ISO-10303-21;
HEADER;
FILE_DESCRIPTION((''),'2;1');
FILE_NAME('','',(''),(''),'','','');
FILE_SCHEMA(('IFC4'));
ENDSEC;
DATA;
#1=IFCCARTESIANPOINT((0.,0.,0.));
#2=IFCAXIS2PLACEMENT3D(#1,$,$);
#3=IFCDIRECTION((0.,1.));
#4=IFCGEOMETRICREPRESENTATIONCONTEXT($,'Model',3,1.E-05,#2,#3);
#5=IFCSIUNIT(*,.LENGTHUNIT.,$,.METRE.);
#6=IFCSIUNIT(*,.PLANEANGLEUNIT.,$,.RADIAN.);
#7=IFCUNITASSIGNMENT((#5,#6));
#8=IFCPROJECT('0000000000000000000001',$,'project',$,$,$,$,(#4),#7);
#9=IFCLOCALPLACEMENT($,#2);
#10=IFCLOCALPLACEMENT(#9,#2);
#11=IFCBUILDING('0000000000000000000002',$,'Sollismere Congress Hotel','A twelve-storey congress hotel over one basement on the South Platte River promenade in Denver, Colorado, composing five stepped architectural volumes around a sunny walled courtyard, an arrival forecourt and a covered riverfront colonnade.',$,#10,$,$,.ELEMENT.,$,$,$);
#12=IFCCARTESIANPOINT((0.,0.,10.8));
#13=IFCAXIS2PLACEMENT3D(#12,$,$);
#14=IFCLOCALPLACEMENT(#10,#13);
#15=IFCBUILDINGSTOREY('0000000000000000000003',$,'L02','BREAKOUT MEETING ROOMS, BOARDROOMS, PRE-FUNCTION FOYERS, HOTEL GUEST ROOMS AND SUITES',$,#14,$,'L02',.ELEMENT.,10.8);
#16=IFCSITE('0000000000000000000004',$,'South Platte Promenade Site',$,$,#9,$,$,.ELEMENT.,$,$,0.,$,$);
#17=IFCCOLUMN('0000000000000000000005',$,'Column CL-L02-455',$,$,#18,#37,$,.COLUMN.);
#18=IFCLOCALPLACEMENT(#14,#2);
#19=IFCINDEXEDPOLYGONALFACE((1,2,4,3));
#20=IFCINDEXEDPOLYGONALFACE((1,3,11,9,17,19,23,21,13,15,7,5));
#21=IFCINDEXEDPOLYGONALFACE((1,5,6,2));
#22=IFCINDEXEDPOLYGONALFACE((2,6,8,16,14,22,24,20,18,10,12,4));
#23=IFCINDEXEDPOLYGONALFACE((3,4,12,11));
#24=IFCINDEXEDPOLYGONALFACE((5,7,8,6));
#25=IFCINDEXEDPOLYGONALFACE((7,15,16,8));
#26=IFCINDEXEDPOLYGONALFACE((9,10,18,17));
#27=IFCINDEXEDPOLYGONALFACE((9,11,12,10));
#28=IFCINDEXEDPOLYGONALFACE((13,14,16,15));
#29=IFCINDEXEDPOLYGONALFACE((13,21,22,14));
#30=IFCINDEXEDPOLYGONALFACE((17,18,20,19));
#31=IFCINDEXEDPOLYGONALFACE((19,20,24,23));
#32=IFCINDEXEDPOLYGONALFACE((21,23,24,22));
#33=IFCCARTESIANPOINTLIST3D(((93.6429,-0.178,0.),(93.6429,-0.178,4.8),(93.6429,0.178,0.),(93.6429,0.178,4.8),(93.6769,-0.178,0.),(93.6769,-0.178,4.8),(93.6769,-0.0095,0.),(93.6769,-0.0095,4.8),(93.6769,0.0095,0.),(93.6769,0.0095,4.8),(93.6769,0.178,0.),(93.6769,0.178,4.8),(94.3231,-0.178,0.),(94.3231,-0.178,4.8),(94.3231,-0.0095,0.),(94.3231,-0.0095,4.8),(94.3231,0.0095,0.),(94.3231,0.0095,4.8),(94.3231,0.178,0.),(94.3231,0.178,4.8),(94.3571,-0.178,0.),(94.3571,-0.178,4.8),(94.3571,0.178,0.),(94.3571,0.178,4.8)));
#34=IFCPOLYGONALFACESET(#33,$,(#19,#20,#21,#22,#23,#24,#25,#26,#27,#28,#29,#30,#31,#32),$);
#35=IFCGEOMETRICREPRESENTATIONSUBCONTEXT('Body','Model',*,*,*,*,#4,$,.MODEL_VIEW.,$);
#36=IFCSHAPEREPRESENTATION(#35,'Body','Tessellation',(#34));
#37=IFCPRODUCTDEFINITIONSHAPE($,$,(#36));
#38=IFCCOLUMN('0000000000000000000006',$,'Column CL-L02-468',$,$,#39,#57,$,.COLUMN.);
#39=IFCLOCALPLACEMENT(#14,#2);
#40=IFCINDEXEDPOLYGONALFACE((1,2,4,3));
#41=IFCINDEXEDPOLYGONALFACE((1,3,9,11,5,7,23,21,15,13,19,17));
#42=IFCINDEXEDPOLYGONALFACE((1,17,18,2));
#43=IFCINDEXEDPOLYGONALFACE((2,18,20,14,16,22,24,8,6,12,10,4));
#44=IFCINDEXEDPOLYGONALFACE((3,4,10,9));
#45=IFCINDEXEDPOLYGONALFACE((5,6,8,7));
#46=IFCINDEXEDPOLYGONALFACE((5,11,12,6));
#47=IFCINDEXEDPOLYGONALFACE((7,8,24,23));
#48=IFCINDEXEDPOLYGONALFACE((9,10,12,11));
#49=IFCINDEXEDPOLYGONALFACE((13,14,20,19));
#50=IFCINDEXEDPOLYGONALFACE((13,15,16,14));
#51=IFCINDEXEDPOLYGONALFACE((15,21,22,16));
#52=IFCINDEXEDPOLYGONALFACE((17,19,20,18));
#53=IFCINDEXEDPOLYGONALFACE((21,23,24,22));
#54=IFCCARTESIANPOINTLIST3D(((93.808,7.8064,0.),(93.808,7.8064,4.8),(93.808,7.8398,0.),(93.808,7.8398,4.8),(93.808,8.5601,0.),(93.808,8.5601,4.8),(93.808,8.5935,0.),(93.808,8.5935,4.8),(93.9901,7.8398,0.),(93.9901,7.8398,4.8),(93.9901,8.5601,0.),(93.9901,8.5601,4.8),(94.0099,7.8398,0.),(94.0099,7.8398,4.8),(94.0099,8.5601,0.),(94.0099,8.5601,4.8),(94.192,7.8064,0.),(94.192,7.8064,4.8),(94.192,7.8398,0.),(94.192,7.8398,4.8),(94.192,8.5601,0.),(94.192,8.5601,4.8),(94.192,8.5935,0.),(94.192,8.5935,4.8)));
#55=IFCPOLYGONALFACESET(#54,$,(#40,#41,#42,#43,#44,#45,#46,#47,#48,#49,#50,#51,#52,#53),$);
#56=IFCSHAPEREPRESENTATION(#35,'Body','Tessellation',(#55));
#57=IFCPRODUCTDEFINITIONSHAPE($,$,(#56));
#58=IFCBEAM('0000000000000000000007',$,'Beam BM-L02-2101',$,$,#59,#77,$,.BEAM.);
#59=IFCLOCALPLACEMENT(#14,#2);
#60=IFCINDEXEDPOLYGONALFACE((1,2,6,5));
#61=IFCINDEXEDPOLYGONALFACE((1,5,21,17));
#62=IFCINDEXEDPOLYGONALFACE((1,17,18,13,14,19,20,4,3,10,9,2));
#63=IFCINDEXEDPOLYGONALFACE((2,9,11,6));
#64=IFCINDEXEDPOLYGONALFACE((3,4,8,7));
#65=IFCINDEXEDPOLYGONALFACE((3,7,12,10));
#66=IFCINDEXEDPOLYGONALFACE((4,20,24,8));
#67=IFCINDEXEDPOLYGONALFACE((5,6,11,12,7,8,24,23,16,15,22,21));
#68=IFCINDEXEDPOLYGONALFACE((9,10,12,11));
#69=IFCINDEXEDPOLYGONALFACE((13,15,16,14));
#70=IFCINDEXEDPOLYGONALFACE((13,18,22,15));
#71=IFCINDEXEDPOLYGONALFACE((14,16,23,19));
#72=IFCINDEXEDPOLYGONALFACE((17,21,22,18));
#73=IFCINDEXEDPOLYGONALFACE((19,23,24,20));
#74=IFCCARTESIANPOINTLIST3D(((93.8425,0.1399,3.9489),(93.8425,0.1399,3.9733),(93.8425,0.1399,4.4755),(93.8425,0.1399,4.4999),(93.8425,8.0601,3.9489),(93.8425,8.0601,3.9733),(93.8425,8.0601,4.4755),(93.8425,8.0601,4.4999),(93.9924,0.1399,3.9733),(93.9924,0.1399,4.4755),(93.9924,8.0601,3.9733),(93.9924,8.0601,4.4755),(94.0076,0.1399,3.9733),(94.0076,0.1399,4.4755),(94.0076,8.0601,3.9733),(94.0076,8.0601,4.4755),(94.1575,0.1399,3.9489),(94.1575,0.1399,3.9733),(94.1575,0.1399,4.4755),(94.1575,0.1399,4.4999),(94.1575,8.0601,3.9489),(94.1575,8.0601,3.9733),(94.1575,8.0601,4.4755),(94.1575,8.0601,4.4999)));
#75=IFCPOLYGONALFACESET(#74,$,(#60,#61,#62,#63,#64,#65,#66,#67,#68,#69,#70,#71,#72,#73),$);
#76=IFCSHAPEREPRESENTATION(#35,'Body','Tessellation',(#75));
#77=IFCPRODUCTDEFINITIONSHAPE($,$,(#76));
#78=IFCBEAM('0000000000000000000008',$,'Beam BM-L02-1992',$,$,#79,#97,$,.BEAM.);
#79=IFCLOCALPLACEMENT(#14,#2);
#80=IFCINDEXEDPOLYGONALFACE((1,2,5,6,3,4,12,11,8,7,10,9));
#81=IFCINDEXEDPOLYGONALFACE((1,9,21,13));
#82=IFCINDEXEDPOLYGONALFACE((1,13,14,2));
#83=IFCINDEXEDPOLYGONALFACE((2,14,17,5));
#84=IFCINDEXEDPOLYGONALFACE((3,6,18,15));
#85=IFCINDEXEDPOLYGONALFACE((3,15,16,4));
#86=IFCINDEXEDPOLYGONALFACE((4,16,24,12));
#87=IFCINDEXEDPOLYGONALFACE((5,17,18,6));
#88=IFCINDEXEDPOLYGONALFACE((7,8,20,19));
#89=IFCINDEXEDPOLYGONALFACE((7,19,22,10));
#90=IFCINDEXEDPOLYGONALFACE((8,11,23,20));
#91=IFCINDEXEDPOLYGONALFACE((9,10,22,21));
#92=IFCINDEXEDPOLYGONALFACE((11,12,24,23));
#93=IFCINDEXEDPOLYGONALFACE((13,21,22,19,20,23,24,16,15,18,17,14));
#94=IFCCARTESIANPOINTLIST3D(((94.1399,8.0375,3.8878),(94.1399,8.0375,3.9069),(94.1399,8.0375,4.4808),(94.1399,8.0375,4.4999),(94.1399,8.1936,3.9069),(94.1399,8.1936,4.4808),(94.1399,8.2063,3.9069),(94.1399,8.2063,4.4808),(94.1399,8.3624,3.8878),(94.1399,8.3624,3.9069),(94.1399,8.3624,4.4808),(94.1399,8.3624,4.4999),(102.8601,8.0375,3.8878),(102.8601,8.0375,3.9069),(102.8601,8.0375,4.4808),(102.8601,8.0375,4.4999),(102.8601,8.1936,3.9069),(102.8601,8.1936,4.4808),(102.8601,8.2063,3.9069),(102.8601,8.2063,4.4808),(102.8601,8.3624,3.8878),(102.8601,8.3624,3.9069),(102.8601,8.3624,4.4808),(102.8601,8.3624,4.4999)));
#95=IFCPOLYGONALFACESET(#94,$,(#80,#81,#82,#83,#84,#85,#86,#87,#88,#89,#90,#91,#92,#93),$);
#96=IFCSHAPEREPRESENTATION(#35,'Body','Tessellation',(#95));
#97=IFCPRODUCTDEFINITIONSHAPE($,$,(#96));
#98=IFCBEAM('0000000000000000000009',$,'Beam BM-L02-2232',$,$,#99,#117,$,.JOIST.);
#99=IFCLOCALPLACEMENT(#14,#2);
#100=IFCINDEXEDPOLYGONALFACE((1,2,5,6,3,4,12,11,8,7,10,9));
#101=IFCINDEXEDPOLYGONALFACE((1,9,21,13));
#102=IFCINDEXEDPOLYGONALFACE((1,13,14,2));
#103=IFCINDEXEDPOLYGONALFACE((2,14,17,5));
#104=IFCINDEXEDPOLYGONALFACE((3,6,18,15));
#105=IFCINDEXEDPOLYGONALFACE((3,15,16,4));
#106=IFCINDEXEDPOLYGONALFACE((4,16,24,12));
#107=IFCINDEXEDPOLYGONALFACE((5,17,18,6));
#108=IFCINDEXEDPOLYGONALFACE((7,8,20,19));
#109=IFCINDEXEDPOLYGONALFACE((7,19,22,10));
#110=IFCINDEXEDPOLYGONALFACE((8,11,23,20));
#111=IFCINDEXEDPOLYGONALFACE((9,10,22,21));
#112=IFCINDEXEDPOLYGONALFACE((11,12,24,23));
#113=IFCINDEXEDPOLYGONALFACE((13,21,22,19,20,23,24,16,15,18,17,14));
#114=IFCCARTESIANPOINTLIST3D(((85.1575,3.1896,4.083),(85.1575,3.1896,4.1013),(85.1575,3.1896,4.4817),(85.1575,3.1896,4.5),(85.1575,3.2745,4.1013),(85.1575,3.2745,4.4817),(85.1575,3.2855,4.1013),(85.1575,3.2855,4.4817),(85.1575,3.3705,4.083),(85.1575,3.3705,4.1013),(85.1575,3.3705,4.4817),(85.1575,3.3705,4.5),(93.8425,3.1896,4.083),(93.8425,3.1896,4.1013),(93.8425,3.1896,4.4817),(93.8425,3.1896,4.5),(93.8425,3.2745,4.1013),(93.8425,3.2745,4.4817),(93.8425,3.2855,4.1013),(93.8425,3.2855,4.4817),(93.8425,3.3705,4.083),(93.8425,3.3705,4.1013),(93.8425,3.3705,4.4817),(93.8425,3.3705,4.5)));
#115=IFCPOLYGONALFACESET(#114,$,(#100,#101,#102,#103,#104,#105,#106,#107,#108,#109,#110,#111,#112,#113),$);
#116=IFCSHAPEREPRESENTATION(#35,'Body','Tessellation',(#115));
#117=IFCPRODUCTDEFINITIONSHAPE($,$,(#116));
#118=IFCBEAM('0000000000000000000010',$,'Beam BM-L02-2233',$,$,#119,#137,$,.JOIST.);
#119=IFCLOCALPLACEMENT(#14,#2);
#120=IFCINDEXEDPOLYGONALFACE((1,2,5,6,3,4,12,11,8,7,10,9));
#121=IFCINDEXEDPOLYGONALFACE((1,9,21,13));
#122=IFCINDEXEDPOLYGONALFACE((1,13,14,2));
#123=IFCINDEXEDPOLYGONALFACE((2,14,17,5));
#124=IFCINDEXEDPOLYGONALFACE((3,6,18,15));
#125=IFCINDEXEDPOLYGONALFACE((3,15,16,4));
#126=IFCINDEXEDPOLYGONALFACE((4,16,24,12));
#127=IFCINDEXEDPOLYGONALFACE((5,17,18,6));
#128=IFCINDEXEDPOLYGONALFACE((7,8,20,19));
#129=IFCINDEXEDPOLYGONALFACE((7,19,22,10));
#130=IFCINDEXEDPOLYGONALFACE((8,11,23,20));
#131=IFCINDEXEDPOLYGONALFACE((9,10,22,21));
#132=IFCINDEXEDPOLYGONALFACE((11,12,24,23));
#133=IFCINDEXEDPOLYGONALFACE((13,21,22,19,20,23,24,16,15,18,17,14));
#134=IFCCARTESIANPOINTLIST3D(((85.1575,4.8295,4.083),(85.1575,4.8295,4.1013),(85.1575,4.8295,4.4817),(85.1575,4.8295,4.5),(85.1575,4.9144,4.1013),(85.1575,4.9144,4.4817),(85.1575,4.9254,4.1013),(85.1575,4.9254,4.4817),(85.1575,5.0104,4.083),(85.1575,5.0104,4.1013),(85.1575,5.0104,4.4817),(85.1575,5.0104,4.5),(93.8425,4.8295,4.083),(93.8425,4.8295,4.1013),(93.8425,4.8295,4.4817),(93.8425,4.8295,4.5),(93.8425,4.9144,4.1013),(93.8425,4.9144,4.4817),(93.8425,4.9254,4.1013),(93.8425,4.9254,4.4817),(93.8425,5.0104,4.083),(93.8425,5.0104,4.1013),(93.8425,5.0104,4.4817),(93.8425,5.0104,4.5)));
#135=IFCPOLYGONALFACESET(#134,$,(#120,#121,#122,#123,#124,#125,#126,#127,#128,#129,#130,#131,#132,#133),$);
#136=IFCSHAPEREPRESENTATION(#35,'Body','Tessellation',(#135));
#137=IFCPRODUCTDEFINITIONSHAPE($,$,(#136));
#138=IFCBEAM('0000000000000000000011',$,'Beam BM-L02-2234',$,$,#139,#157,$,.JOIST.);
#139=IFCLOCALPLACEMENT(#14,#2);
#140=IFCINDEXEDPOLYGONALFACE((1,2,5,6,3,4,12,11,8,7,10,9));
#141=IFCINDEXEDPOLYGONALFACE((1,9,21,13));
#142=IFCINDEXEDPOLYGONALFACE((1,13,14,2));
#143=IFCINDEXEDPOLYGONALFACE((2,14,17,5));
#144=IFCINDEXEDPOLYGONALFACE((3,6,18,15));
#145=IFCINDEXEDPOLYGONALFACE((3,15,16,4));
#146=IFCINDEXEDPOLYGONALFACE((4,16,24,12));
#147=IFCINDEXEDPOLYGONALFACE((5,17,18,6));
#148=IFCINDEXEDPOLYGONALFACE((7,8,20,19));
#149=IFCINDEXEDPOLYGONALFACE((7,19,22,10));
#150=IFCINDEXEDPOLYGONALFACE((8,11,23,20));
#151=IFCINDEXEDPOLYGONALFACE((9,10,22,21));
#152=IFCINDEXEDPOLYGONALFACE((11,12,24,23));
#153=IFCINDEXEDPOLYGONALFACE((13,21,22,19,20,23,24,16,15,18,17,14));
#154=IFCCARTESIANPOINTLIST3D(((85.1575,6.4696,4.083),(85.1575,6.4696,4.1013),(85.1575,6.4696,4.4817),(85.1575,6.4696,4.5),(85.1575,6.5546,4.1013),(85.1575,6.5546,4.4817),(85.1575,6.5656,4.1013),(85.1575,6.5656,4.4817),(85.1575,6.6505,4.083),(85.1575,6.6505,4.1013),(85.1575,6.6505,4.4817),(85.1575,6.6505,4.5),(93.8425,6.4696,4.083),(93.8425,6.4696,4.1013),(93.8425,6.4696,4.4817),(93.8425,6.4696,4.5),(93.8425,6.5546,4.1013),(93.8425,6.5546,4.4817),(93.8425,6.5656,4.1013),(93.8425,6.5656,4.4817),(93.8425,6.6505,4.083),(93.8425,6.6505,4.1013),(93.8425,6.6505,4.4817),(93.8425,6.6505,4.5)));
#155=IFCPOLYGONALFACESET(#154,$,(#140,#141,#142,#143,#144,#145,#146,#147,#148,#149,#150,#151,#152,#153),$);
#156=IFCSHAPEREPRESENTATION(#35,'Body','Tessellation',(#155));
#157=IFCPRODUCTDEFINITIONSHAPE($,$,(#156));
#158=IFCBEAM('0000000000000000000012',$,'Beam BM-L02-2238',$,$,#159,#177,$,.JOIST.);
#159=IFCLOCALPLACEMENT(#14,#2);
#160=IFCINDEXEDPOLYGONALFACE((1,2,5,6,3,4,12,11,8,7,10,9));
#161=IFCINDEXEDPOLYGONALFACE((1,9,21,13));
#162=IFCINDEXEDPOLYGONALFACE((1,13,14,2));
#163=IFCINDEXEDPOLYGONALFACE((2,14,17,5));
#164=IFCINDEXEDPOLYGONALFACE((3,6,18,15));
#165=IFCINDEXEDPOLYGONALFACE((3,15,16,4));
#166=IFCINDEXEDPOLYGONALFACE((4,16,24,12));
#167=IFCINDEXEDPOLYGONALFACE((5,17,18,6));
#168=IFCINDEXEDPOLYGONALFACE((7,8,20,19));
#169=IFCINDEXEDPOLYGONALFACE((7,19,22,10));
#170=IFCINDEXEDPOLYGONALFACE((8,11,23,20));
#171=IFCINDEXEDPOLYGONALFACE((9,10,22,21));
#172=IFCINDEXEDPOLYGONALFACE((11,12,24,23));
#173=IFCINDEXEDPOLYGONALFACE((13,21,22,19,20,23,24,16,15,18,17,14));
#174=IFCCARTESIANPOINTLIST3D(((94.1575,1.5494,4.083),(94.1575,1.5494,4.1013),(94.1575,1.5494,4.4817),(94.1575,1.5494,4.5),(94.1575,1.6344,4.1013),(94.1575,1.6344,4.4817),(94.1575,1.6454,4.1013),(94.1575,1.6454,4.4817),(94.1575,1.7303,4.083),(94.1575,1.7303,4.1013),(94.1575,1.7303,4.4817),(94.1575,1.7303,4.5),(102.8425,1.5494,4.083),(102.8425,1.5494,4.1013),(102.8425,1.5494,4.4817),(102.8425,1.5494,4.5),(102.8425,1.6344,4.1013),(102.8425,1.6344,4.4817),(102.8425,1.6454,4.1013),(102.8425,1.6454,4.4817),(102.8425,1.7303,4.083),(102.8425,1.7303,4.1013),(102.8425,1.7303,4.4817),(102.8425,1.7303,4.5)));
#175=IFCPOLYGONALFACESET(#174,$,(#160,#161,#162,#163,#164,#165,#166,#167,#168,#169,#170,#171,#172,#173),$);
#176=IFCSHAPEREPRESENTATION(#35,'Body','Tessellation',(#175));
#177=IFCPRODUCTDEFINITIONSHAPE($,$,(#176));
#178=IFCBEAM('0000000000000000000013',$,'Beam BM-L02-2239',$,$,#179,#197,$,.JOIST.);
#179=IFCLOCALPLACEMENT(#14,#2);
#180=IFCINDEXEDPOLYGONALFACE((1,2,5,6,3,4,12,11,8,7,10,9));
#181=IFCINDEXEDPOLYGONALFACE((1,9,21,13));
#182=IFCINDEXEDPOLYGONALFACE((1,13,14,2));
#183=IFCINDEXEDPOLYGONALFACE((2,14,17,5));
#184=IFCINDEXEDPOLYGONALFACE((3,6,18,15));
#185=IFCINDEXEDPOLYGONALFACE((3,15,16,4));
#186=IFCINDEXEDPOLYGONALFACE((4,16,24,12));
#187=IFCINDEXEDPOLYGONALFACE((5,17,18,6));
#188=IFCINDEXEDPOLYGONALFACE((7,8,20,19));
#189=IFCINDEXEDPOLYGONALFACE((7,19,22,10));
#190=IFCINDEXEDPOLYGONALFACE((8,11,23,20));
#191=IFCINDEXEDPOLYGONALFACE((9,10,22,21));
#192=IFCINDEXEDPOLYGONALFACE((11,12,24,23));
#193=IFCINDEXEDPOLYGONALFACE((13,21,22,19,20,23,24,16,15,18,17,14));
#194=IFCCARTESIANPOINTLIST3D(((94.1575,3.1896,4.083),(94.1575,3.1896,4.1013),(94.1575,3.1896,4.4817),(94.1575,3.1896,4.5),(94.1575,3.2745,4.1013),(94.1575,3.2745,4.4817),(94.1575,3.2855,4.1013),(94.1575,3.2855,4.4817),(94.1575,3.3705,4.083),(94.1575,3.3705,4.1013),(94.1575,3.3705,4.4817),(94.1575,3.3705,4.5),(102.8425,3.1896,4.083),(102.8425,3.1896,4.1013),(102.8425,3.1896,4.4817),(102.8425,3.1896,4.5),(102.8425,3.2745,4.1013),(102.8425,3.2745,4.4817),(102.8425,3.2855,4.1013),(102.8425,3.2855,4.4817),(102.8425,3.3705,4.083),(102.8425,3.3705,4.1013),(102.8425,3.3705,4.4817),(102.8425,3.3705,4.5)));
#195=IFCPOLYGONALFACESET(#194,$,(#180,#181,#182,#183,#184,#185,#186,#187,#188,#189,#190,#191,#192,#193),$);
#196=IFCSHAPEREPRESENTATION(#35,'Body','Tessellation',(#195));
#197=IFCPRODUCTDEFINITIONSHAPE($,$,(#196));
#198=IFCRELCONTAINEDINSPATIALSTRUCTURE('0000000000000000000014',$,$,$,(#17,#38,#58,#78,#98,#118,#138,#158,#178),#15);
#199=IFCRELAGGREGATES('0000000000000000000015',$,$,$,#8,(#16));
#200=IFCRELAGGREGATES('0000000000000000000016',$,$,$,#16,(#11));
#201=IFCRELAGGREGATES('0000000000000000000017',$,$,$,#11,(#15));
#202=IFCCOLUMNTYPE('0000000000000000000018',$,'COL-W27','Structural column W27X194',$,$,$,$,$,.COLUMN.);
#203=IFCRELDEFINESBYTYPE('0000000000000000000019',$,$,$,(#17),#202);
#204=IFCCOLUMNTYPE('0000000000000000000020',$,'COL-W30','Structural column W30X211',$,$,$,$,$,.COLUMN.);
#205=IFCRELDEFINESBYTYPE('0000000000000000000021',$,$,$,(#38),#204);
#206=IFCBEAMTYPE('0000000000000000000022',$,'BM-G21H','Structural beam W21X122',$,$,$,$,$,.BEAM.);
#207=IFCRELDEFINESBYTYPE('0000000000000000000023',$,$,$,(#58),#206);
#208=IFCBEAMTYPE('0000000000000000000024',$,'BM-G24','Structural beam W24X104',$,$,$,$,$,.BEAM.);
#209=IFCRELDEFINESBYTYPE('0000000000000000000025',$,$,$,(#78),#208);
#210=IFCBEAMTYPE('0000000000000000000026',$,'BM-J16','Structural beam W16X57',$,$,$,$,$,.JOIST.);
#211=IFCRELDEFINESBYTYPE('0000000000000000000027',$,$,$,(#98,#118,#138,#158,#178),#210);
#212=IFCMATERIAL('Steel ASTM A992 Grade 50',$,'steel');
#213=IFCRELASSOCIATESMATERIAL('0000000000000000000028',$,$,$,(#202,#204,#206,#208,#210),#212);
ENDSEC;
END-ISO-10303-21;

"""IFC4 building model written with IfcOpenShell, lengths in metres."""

from ifc_helpers import new_model, si_unit, direction, frame, origin, origin_2d, place, context, subcontext, project, spatial, i_section, extrude, material, material_profile, profile_set, type_object, element, save


model = new_model("IFC4")

# Units and contexts
model_context = context("Model", 3, precision=1e-05, world=origin(), true_north=direction((0.0, 1.0)))
body_context = subcontext(model_context, "Body", "Model", "MODEL_VIEW")
ifc_project = project(units=[si_unit("LENGTHUNIT", "METRE"), si_unit("PLANEANGLEUNIT", "RADIAN")], contexts=[model_context])

# Site, building, storey
site_placement = place(None, origin())
site = spatial("IfcSite", under=ifc_project, at=site_placement, Name="South Platte Promenade Site", CompositionType="ELEMENT", RefElevation=0.0)
building_placement = place(site_placement, origin())
building = spatial("IfcBuilding", under=site, at=building_placement, Name="Sollismere Congress Hotel", Description="A twelve-storey congress hotel over one basement on the South Platte River promenade in Denver, Colorado, composing five stepped architectural volumes around a sunny walled courtyard, an arrival forecourt and a covered riverfront colonnade.", CompositionType="ELEMENT")
storey_placement = place(building_placement, frame((0.0, 0.0, 10.8)))
storey = spatial("IfcBuildingStorey", under=building, at=storey_placement, Name="L02", Description="BREAKOUT MEETING ROOMS, BOARDROOMS, PRE-FUNCTION FOYERS, HOTEL GUEST ROOMS AND SUITES", LongName="L02", CompositionType="ELEMENT", Elevation=10.8)

# Columns
ifc_material_1 = material(Name="Steel ASTM A992 Grade 50", Category="steel")
ifc_material_profile_1 = material_profile(ifc_material_1, i_section(OverallWidth=0.356, OverallDepth=0.7141, WebThickness=0.019, FlangeThickness=0.0339, at=origin_2d()), Name="W27X194")
ifc_profile_set_1 = profile_set([ifc_material_profile_1], Name="Steel ASTM A992 Grade 50")
column_type_1 = type_object("IfcColumnType", Name="COL-W27", Description="Structural column W27X194", PredefinedType="COLUMN", material=ifc_profile_set_1)
column_1_placement = place(storey_placement, frame((94.0, 0.0, 0.0), z_axis=(0.0, 0.0, 1.0), x_axis=(0.0, 1.0, 0.0)))
element("IfcColumn", 1, at=column_1_placement, inside=storey, type_object=column_type_1, Name="Column CL-L02-455", PredefinedType="COLUMN", context=body_context, shape_type="SweptSolid", body=[
    extrude(i_section(OverallWidth=0.356, OverallDepth=0.7141, WebThickness=0.019, FlangeThickness=0.0339, at=origin_2d()), origin(), (0.0, 0.0, 1.0), 4.8),
])
ifc_material_profile_2 = material_profile(ifc_material_1, i_section(OverallWidth=0.384, OverallDepth=0.7871, WebThickness=0.0198, FlangeThickness=0.0334, at=origin_2d()), Name="W30X211")
ifc_profile_set_2 = profile_set([ifc_material_profile_2], Name="Steel ASTM A992 Grade 50")
column_type_2 = type_object("IfcColumnType", Name="COL-W30", Description="Structural column W30X211", PredefinedType="COLUMN", material=ifc_profile_set_2)
column_2_placement = place(storey_placement, frame((94.0, 8.2, 0.0), z_axis=(0.0, 0.0, 1.0), x_axis=(1.0, 0.0, 0.0)))
element("IfcColumn", 2, at=column_2_placement, inside=storey, type_object=column_type_2, Name="Column CL-L02-468", PredefinedType="COLUMN", context=body_context, shape_type="SweptSolid", body=[
    extrude(i_section(OverallWidth=0.384, OverallDepth=0.7871, WebThickness=0.0198, FlangeThickness=0.0334, at=origin_2d()), origin(), (0.0, 0.0, 1.0), 4.8),
])

# Beams
ifc_material_profile_3 = material_profile(ifc_material_1, i_section(OverallWidth=0.3149, OverallDepth=0.551, WebThickness=0.0151, FlangeThickness=0.0244, at=origin_2d()), Name="W21X122")
ifc_profile_set_3 = profile_set([ifc_material_profile_3], Name="Steel ASTM A992 Grade 50")
beam_type_1 = type_object("IfcBeamType", Name="BM-G21H", Description="Structural beam W21X122", PredefinedType="BEAM", material=ifc_profile_set_3)
beam_1_placement = place(storey_placement, frame((94.0, 0.1399, 4.2244), z_axis=(0.0, 1.0, 0.0), x_axis=(-1.0, 0.0, 0.0)))
element("IfcBeam", 3, at=beam_1_placement, inside=storey, type_object=beam_type_1, Name="Beam BM-L02-2101", PredefinedType="BEAM", context=body_context, shape_type="SweptSolid", body=[
    extrude(i_section(OverallWidth=0.3149, OverallDepth=0.551, WebThickness=0.0151, FlangeThickness=0.0244, at=origin_2d()), origin(), (0.0, 0.0, 1.0), 7.9202),
])
ifc_material_profile_4 = material_profile(ifc_material_1, i_section(OverallWidth=0.325, OverallDepth=0.6121, WebThickness=0.0127, FlangeThickness=0.019, at=origin_2d()), Name="W24X104")
ifc_profile_set_4 = profile_set([ifc_material_profile_4], Name="Steel ASTM A992 Grade 50")
beam_type_2 = type_object("IfcBeamType", Name="BM-G24", Description="Structural beam W24X104", PredefinedType="BEAM", material=ifc_profile_set_4)
beam_2_placement = place(storey_placement, frame((94.1399, 8.2, 4.1938), z_axis=(1.0, 0.0, 0.0), x_axis=(0.0, 1.0, 0.0)))
element("IfcBeam", 4, at=beam_2_placement, inside=storey, type_object=beam_type_2, Name="Beam BM-L02-1992", PredefinedType="BEAM", context=body_context, shape_type="SweptSolid", body=[
    extrude(i_section(OverallWidth=0.325, OverallDepth=0.6121, WebThickness=0.0127, FlangeThickness=0.019, at=origin_2d()), origin(), (0.0, 0.0, 1.0), 8.7202),
])
ifc_material_profile_5 = material_profile(ifc_material_1, i_section(OverallWidth=0.1809, OverallDepth=0.417, WebThickness=0.011, FlangeThickness=0.0183, at=origin_2d()), Name="W16X57")
ifc_profile_set_5 = profile_set([ifc_material_profile_5], Name="Steel ASTM A992 Grade 50")
beam_type_3 = type_object("IfcBeamType", Name="BM-J16", Description="Structural beam W16X57", PredefinedType="JOIST", material=ifc_profile_set_5)
for number, where, z_axis, x_axis, name in (
    (5, (85.1575, 3.28, 4.2915), (1.0, 0.0, 0.0), (0.0, 1.0, 0.0), "Beam BM-L02-2232"),
    (6, (85.1575, 4.9199, 4.2915), (1.0, 0.0, 0.0), (0.0, 1.0, 0.0), "Beam BM-L02-2233"),
    (7, (85.1575, 6.5601, 4.2915), (1.0, 0.0, 0.0), (0.0, 1.0, 0.0), "Beam BM-L02-2234"),
    (8, (94.1575, 1.6399, 4.2915), (1.0, 0.0, 0.0), (0.0, 1.0, 0.0), "Beam BM-L02-2238"),
    (9, (94.1575, 3.28, 4.2915), (1.0, 0.0, 0.0), (0.0, 1.0, 0.0), "Beam BM-L02-2239"),
):
    element("IfcBeam", number, at=place(storey_placement, frame(where, z_axis=z_axis, x_axis=x_axis)), inside=storey, type_object=beam_type_3, Name=name, PredefinedType="JOIST", context=body_context, shape_type="SweptSolid", body=[
        extrude(i_section(OverallWidth=0.1809, OverallDepth=0.417, WebThickness=0.011, FlangeThickness=0.0183, at=origin_2d()), origin(), (0.0, 0.0, 1.0), 8.6851),
    ])

save(model, "model.ifc")
